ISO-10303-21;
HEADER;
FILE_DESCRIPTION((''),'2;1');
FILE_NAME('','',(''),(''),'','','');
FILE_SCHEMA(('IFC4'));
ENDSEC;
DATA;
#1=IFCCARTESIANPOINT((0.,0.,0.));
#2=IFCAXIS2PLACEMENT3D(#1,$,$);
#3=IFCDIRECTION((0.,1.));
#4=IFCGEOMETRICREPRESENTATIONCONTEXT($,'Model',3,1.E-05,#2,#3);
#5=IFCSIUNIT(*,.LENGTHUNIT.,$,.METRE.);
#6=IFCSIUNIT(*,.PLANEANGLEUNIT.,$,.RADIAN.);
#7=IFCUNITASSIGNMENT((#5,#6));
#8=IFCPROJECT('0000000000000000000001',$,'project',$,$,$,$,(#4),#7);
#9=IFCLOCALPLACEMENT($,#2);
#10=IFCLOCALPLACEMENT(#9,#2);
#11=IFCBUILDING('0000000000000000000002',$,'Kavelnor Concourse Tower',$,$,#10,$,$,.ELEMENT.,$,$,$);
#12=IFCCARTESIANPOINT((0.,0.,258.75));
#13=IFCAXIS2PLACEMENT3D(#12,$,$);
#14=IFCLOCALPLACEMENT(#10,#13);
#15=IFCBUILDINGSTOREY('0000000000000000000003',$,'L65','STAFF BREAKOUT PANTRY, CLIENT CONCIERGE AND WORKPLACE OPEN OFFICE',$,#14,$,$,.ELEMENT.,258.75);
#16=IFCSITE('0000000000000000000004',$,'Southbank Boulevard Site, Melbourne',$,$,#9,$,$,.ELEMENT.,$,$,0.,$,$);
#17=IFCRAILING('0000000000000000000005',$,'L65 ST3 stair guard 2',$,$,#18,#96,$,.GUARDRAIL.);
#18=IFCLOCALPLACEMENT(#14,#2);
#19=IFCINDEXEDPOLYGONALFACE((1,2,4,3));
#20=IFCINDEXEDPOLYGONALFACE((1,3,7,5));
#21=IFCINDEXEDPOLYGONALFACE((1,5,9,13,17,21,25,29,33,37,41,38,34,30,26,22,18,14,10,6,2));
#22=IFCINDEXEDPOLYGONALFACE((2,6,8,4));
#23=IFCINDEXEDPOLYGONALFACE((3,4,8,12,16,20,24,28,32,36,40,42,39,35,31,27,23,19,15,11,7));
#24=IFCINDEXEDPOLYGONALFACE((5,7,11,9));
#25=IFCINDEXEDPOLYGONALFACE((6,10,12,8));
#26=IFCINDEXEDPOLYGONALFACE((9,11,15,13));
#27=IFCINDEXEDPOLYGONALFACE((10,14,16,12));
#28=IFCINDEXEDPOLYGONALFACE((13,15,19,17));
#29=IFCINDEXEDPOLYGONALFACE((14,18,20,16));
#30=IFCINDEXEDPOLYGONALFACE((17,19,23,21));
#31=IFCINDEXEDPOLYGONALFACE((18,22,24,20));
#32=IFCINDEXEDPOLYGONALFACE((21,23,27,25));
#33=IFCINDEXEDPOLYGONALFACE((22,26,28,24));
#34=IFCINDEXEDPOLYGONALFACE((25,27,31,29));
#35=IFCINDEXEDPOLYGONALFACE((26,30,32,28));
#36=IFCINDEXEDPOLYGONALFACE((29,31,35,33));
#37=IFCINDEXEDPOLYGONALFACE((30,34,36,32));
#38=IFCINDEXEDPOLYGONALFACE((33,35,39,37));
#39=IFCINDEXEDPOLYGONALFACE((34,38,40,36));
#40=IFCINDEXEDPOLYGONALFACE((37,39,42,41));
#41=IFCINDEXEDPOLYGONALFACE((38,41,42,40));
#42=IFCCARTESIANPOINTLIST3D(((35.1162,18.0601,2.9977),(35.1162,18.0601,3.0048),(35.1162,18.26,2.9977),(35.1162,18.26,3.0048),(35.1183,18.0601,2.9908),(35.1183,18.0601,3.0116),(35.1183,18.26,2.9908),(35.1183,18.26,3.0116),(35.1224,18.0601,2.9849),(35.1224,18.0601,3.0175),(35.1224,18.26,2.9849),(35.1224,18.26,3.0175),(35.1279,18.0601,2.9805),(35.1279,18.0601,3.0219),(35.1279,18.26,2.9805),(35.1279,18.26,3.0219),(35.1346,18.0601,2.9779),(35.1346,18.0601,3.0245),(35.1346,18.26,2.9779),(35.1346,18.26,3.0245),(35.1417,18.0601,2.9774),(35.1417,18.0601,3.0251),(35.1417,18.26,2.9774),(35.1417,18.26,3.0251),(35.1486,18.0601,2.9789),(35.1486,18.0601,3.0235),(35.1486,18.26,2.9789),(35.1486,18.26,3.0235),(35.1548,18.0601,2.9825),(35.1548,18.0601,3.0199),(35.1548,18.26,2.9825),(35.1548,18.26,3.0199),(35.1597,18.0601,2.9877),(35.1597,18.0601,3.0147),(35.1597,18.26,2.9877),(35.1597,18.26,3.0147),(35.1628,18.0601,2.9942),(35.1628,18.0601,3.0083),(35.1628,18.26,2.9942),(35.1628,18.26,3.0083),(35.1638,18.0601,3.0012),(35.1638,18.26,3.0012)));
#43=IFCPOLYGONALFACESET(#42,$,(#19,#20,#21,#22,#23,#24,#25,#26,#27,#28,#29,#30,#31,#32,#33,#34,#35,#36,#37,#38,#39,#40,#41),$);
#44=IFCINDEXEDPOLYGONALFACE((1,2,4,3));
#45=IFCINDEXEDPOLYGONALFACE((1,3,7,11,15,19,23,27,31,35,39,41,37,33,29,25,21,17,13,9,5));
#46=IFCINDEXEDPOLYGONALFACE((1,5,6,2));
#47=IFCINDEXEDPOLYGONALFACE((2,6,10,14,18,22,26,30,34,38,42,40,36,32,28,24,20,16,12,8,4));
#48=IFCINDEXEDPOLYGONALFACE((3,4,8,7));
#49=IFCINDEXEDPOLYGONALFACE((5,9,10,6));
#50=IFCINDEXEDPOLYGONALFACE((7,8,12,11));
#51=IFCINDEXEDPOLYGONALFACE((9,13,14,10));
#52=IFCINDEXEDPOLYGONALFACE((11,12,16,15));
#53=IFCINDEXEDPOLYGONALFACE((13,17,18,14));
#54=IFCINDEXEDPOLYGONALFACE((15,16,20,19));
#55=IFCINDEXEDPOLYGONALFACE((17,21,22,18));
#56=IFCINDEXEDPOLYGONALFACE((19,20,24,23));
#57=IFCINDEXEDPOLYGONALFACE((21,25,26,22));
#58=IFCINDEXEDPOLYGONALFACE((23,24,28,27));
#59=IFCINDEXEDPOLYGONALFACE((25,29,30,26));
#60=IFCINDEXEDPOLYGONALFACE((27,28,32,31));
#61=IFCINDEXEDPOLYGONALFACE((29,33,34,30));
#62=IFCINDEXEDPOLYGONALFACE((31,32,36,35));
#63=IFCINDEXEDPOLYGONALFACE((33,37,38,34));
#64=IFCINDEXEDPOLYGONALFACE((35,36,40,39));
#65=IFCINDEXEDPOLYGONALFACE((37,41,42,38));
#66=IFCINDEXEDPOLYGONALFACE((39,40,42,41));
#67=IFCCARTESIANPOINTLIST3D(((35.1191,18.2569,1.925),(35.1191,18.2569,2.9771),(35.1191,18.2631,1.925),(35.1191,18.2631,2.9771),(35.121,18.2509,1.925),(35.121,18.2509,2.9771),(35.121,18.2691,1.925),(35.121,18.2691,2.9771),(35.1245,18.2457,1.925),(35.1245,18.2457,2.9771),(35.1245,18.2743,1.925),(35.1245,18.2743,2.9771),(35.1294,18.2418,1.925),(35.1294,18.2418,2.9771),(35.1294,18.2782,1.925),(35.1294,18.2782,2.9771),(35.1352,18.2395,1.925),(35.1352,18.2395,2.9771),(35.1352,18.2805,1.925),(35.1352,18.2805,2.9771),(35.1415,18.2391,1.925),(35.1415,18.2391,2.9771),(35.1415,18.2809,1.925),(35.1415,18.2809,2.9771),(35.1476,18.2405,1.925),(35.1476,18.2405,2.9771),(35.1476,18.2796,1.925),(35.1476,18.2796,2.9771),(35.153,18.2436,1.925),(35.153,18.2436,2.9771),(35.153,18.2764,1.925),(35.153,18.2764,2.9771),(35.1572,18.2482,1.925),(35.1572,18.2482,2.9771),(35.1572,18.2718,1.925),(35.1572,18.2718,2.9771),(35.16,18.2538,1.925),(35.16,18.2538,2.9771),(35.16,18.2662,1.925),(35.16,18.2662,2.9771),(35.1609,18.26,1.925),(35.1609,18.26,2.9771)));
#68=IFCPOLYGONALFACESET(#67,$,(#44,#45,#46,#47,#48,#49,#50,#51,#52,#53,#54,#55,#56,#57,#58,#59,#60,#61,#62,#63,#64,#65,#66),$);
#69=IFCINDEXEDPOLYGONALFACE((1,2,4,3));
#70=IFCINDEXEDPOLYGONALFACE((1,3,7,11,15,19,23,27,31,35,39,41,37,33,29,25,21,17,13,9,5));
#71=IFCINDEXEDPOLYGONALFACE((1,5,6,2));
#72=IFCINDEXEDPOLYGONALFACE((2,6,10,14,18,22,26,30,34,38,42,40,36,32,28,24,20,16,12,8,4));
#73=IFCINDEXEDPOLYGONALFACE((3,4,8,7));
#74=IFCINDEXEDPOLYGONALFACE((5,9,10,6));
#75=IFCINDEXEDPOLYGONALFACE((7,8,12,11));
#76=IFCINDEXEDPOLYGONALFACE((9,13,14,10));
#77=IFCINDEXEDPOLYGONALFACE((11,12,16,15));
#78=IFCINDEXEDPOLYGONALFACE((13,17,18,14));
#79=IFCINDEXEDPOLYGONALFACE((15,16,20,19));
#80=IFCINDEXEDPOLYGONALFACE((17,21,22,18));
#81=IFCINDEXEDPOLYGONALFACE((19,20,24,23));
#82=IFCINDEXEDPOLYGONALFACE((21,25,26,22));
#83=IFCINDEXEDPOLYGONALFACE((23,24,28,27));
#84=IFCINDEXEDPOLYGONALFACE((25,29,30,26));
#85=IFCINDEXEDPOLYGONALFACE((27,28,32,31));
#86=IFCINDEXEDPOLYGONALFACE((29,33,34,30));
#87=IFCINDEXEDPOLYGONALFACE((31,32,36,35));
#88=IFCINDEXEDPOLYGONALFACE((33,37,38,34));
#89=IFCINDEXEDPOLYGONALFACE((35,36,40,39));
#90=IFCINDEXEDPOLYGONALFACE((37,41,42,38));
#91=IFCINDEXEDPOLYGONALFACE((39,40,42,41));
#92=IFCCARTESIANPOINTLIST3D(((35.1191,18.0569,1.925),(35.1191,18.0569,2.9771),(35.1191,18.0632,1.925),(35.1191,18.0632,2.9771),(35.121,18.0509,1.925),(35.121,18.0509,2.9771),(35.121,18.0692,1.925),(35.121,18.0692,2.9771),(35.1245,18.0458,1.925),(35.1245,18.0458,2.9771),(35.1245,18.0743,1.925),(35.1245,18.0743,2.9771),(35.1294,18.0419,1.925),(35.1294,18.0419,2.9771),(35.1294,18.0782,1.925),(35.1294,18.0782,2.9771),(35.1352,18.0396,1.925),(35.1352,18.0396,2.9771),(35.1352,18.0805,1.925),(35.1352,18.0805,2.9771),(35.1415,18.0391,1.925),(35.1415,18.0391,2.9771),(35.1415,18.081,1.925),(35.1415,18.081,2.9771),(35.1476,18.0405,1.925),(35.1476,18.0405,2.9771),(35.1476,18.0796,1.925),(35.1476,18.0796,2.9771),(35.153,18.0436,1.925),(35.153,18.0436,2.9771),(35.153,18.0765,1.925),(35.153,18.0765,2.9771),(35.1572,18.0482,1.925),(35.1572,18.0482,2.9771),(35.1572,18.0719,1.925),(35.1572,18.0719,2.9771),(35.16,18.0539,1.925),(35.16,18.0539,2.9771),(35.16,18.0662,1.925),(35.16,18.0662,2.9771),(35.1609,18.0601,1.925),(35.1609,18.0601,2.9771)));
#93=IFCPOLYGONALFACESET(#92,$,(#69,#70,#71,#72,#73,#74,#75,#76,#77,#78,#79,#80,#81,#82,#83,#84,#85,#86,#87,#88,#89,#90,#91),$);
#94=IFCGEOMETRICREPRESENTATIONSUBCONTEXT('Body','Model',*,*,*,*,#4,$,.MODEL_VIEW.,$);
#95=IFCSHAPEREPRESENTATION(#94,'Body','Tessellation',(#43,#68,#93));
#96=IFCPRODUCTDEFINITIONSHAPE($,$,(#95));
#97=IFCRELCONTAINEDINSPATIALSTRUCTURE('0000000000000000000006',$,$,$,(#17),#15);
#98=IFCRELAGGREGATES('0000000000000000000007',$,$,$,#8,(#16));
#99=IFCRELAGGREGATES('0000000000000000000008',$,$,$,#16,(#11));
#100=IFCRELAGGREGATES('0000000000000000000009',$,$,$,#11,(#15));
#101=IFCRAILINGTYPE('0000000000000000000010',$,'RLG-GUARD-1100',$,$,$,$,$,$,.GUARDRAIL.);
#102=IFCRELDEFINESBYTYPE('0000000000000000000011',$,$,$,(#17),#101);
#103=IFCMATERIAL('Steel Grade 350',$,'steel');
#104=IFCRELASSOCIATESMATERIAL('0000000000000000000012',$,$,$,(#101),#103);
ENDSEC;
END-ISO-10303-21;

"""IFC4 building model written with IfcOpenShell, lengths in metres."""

from ifc_helpers import new_model, si_unit, direction, frame, origin, origin_2d, place, context, subcontext, project, spatial, circle, extrude, material, type_object, element, save


model = new_model("IFC4")

# Units and contexts
model_context = context("Model", 3, precision=1e-05, world=origin(), true_north=direction((0.0, 1.0)))
body_context = subcontext(model_context, "Body", "Model", "MODEL_VIEW")
ifc_project = project(units=[si_unit("LENGTHUNIT", "METRE"), si_unit("PLANEANGLEUNIT", "RADIAN")], contexts=[model_context])

# Site, building, storey
site_placement = place(None, origin())
site = spatial("IfcSite", under=ifc_project, at=site_placement, Name="Southbank Boulevard Site, Melbourne", CompositionType="ELEMENT", RefElevation=0.0)
building_placement = place(site_placement, origin())
building = spatial("IfcBuilding", under=site, at=building_placement, Name="Kavelnor Concourse Tower", CompositionType="ELEMENT")
storey_placement = place(building_placement, frame((0.0, 0.0, 258.75)))
storey = spatial("IfcBuildingStorey", under=building, at=storey_placement, Name="L65", Description="STAFF BREAKOUT PANTRY, CLIENT CONCIERGE AND WORKPLACE OPEN OFFICE", CompositionType="ELEMENT", Elevation=258.75)

# Shared definitions
ifc_material_1 = material(Name="Steel Grade 350", Category="steel")

# Railing
railing_type = type_object("IfcRailingType", Name="RLG-GUARD-1100", PredefinedType="GUARDRAIL", material=ifc_material_1)
railing_1_placement = place(storey_placement, frame((35.1399, 18.26, 1.925)))
element("IfcRailing", 1, at=railing_1_placement, inside=storey, type_object=railing_type, Name="L65 ST3 stair guard 2", PredefinedType="GUARDRAIL", context=body_context, shape_type="SweptSolid", body=[
    extrude(circle(Radius=0.0239, at=origin_2d()), frame((0.0, 0.0, 1.0762), z_axis=(0.0, -1.0, 0.0), x_axis=(1.0, 0.0, 0.0)), (0.0, 0.0, 1.0), 0.2),
    extrude(circle(Radius=0.021, at=origin_2d()), origin(), (0.0, 0.0, 1.0), 1.052),
    extrude(circle(Radius=0.021, at=origin_2d()), frame((0.0, -0.2, 0.0)), (0.0, 0.0, 1.0), 1.052),
])

save(model, "model.ifc")
